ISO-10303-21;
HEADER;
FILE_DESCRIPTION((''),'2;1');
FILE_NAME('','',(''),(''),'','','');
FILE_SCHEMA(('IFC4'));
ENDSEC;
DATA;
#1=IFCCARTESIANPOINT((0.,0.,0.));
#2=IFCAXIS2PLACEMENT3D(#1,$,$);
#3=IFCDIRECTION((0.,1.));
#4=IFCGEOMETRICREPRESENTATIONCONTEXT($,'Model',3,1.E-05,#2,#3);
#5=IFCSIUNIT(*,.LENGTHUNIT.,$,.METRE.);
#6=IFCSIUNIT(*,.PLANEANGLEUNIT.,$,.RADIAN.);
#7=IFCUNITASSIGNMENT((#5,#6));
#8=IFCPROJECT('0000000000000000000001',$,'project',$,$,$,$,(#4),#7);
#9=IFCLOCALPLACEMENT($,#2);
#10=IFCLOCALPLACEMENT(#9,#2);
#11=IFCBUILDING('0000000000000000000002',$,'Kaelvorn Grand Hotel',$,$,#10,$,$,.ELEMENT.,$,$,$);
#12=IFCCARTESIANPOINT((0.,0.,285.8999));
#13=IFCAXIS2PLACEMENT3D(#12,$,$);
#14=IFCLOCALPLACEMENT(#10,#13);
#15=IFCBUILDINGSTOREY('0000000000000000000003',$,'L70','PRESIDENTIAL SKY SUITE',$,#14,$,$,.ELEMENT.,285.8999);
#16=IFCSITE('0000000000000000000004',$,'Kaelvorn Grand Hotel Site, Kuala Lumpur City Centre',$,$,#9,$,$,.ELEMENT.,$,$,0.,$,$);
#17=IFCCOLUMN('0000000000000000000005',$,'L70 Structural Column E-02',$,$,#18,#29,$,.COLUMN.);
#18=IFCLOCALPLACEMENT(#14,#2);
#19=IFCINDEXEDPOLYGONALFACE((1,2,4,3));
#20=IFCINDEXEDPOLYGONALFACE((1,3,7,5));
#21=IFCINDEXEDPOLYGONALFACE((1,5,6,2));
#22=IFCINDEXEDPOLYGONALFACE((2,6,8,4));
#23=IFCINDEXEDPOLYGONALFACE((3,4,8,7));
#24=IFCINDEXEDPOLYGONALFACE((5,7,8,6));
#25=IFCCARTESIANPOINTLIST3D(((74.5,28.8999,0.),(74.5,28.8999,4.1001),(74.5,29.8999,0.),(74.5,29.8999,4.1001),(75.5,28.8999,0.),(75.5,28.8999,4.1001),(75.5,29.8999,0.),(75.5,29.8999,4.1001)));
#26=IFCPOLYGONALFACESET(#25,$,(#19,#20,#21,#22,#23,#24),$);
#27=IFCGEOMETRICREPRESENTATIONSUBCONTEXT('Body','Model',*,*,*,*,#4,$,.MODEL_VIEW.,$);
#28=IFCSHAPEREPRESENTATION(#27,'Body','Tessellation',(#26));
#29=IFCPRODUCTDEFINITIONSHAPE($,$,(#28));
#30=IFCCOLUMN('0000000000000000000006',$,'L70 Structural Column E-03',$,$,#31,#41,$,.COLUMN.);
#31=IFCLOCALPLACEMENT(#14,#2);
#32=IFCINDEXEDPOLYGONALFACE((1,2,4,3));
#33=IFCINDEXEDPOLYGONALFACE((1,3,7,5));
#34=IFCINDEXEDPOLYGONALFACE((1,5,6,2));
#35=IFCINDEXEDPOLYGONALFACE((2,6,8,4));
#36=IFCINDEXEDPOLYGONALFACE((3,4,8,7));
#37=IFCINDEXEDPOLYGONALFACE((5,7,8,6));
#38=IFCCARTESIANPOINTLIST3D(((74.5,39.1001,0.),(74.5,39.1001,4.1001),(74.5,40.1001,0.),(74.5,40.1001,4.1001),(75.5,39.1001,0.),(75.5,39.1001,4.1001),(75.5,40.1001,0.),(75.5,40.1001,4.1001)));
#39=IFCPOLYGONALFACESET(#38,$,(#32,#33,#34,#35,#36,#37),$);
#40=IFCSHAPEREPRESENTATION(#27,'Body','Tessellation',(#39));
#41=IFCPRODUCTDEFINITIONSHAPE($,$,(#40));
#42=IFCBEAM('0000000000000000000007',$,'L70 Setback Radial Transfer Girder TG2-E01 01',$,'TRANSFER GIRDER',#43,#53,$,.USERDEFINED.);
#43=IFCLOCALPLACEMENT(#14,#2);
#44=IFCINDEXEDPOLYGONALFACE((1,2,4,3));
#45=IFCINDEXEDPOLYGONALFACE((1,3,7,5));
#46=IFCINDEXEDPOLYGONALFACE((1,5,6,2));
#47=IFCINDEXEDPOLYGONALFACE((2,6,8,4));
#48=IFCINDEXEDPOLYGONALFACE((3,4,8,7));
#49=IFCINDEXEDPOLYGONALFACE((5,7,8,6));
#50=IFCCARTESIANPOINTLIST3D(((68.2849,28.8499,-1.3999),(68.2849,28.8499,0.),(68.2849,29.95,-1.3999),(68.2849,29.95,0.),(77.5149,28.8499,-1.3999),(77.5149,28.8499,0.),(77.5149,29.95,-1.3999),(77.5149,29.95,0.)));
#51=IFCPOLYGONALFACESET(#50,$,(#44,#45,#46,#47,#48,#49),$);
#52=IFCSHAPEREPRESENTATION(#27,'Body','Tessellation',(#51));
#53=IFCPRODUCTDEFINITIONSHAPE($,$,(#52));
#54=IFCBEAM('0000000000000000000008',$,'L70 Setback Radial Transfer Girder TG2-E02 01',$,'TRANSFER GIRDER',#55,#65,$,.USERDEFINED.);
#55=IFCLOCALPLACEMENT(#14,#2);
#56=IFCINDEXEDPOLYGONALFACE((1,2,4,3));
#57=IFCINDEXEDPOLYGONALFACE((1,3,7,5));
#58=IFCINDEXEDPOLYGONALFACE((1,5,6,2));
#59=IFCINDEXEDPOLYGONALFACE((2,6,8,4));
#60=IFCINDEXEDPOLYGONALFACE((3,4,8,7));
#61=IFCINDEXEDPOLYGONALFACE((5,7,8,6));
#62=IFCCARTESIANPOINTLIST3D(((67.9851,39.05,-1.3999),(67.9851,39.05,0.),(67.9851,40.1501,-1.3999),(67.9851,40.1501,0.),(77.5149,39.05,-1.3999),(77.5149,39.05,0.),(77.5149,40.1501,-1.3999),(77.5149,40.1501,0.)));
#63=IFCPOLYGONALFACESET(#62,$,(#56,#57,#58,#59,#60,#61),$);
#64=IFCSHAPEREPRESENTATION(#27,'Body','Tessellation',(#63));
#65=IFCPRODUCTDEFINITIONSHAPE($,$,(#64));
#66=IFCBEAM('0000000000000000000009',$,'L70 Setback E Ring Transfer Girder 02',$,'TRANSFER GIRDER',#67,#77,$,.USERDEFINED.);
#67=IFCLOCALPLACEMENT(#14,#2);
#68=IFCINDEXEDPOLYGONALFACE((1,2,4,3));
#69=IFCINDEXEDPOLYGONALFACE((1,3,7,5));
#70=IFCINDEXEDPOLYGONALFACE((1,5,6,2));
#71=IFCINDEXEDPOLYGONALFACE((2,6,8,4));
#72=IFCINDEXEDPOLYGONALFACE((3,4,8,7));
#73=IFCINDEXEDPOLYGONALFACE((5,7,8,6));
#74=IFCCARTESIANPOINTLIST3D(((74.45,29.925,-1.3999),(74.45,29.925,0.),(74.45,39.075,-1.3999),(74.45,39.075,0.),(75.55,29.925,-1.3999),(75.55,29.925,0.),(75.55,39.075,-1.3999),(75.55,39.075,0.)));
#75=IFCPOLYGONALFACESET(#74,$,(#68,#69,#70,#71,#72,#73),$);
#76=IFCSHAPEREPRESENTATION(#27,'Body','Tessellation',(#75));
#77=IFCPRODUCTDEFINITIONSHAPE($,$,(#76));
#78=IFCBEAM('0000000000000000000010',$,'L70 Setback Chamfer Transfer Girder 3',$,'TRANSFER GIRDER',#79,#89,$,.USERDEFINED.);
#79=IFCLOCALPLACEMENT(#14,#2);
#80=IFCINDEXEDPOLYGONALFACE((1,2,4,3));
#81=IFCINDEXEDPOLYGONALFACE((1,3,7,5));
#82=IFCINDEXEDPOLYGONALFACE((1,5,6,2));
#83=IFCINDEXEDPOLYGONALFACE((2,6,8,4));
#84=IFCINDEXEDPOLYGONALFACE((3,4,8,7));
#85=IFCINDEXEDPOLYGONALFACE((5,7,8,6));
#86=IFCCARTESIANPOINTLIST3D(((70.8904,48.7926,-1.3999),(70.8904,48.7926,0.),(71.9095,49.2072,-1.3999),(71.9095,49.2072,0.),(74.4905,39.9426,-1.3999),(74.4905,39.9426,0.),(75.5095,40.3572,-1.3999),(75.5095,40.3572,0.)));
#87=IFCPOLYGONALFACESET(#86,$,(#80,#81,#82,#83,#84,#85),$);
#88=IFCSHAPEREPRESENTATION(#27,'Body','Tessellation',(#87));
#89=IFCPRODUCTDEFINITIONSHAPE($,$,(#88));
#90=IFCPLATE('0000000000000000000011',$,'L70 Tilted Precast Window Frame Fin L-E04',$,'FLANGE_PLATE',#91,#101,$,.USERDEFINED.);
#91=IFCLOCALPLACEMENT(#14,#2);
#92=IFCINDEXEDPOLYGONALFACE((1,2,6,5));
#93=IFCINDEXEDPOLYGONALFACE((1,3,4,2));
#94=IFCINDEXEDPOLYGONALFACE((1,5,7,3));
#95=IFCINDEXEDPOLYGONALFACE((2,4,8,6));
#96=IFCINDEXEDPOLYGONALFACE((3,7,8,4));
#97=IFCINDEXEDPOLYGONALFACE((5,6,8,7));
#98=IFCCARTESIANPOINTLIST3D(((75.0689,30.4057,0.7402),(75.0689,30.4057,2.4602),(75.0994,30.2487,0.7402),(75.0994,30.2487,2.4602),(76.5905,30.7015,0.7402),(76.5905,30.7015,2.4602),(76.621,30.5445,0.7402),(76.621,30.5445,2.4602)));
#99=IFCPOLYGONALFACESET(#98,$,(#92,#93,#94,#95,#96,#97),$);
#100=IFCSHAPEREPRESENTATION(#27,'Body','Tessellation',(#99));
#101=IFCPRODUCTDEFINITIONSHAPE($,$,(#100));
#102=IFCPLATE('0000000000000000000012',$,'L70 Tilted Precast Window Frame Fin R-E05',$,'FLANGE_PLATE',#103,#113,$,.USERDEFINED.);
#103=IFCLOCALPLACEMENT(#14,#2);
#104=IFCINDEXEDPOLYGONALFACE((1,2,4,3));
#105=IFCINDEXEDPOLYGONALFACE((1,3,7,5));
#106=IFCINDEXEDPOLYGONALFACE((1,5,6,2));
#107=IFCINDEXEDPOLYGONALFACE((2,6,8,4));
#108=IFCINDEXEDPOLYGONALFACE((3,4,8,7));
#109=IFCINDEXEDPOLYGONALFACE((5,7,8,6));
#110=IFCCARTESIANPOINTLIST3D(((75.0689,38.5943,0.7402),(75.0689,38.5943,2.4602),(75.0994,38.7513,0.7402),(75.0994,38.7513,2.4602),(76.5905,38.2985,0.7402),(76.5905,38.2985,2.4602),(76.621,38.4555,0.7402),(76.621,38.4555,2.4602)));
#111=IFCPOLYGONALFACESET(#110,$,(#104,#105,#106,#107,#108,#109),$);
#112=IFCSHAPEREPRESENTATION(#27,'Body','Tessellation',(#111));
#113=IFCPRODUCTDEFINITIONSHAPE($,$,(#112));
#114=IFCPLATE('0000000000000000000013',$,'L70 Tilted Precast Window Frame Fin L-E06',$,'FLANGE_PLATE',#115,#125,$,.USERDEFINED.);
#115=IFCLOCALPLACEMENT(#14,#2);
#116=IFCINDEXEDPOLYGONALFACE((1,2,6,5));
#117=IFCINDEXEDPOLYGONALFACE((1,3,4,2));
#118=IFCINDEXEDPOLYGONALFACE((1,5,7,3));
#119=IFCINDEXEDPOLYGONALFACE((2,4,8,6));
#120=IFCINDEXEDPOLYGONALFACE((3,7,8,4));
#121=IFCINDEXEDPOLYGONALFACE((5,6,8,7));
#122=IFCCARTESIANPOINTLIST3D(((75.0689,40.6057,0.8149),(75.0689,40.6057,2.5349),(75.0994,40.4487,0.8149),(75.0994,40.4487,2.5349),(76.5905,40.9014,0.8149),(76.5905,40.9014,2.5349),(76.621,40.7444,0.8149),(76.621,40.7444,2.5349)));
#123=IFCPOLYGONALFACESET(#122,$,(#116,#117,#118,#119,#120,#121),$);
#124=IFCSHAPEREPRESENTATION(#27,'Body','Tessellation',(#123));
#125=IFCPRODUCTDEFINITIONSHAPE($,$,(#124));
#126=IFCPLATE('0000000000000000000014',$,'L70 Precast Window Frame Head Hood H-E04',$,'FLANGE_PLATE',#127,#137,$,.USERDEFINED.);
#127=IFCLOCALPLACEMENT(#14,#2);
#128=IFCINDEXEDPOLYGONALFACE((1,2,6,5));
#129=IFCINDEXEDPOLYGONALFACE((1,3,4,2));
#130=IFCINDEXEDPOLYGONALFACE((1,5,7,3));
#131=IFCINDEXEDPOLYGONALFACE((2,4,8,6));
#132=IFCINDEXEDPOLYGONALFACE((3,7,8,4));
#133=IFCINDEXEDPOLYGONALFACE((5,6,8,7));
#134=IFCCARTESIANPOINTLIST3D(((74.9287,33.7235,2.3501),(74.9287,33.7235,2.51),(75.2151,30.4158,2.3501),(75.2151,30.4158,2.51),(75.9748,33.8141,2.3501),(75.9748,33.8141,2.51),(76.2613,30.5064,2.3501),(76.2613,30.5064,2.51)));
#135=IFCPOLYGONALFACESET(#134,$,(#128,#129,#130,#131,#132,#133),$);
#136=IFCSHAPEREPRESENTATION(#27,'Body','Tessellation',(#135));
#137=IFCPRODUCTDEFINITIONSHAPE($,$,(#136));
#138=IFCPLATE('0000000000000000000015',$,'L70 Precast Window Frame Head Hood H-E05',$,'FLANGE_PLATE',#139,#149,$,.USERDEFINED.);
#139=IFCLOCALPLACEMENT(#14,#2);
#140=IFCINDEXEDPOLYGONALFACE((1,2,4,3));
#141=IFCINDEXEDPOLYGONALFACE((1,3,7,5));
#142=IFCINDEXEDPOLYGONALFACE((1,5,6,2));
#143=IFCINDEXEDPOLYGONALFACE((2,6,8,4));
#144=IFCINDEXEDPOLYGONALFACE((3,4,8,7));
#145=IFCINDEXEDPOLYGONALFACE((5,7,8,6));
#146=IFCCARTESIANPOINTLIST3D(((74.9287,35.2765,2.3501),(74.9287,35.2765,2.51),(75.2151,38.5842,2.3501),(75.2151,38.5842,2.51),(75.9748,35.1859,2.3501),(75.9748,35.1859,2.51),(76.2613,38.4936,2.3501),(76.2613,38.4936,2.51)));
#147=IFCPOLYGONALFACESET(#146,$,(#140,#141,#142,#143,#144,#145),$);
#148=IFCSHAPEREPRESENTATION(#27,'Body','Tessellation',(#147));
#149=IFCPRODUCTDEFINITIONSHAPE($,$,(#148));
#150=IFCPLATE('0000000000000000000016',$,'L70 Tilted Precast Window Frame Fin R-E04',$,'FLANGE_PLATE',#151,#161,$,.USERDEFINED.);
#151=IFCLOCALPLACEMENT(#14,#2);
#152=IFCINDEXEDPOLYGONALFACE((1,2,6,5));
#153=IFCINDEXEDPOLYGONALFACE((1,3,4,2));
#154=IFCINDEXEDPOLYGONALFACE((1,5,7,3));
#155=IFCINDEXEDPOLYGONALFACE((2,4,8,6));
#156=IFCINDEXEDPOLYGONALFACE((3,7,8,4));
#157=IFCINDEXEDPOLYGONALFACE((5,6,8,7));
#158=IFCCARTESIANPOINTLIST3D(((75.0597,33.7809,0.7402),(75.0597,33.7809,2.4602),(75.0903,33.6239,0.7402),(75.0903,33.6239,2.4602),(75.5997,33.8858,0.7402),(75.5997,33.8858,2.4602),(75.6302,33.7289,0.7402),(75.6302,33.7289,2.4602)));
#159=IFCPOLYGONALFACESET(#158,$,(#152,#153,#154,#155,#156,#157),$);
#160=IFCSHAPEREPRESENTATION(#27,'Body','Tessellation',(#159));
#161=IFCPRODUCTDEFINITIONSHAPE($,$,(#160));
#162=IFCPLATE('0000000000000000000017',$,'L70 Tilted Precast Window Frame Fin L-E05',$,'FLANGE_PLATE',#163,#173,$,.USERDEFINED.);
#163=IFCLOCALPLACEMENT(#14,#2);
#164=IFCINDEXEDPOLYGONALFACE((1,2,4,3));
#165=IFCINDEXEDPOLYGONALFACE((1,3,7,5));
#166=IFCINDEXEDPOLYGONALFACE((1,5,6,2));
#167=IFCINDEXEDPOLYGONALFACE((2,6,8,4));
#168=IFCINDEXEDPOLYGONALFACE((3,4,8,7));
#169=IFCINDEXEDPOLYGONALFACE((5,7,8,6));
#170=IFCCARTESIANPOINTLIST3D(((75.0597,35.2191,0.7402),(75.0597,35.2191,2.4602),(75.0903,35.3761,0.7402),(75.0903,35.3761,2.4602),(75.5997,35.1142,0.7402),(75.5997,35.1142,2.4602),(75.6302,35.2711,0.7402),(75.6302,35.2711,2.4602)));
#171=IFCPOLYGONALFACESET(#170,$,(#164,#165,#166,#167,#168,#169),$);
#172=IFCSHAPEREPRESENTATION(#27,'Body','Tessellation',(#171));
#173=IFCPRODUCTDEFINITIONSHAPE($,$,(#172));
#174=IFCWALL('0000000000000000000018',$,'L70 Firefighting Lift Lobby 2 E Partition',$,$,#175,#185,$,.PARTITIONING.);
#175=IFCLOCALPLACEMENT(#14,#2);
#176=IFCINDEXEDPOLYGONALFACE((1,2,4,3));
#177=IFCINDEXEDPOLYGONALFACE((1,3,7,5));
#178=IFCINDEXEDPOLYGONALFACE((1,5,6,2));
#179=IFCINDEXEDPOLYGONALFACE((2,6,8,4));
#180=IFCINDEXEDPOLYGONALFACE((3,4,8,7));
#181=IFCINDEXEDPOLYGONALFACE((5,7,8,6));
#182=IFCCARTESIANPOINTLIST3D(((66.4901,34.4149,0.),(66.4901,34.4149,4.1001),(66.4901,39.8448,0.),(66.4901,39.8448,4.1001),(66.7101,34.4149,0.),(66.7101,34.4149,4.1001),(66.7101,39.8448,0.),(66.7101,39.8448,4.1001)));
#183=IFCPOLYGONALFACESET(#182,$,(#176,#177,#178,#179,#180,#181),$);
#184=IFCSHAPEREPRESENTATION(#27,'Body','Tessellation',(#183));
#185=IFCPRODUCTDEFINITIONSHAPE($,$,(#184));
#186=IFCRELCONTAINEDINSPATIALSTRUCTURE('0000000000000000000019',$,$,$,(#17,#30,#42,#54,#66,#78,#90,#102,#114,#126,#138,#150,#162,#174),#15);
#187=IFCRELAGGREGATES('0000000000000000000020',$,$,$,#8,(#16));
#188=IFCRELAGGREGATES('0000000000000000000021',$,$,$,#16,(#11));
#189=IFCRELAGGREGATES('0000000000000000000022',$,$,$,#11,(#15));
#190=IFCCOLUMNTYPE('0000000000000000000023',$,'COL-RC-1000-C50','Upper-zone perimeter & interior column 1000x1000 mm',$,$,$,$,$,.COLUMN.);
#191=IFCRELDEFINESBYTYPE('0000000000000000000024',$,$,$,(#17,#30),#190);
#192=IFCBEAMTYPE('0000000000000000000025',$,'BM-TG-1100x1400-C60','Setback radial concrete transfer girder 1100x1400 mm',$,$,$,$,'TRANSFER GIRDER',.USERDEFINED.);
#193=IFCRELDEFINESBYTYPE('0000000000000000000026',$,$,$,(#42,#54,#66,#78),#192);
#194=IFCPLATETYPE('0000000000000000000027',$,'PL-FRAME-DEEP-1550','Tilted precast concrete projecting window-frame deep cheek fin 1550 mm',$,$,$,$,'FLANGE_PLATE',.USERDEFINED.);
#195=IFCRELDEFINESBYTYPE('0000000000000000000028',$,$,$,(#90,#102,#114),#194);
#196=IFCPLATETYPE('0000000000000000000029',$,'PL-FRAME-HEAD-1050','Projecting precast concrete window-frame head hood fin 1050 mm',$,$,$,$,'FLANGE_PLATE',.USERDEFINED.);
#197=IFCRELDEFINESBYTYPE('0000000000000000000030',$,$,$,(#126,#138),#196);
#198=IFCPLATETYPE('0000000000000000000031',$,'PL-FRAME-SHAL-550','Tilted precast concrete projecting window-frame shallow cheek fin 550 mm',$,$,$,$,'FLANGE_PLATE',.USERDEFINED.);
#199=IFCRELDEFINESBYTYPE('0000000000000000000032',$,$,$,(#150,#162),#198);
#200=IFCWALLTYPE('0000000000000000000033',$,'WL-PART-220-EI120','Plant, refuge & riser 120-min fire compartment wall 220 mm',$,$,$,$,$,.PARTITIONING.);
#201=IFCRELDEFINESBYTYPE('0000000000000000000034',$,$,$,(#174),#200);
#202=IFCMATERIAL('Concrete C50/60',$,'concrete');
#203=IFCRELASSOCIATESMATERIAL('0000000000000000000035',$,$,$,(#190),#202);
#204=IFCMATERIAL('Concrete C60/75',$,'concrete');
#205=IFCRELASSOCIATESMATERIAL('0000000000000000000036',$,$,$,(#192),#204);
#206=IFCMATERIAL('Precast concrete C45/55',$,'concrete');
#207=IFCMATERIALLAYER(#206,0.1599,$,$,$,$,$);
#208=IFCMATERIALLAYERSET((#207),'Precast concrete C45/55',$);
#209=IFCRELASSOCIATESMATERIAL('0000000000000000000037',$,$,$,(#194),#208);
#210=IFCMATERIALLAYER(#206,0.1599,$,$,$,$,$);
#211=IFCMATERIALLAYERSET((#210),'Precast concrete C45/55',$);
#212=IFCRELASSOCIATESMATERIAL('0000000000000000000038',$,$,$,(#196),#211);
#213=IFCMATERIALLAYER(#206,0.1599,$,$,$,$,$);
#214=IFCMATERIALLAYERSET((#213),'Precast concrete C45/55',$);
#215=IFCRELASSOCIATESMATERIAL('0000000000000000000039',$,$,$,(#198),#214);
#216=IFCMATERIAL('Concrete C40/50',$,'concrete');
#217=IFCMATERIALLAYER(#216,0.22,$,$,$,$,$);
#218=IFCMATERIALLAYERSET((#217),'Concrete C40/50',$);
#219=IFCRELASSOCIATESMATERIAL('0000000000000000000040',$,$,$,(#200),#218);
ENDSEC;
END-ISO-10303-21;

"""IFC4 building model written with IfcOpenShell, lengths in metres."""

from ifc_helpers import new_model, si_unit, direction, frame, frame_2d, origin, origin_2d, place, context, subcontext, project, spatial, rectangle, extrude, material, layer, layer_set, material_profile, profile_set, type_object, element, save


model = new_model("IFC4")

# Units and contexts
model_context = context("Model", 3, precision=1e-05, world=origin(), true_north=direction((0.0, 1.0)))
body_context = subcontext(model_context, "Body", "Model", "MODEL_VIEW")
ifc_project = project(units=[si_unit("LENGTHUNIT", "METRE"), si_unit("PLANEANGLEUNIT", "RADIAN")], contexts=[model_context])

# Site, building, storey
site_placement = place(None, origin())
site = spatial("IfcSite", under=ifc_project, at=site_placement, Name="Kaelvorn Grand Hotel Site, Kuala Lumpur City Centre", CompositionType="ELEMENT", RefElevation=0.0)
building_placement = place(site_placement, origin())
building = spatial("IfcBuilding", under=site, at=building_placement, Name="Kaelvorn Grand Hotel", CompositionType="ELEMENT")
storey_placement = place(building_placement, frame((0.0, 0.0, 285.8999)))
storey = spatial("IfcBuildingStorey", under=building, at=storey_placement, Name="L70", Description="PRESIDENTIAL SKY SUITE", CompositionType="ELEMENT", Elevation=285.8999)

# Columns
ifc_material_1 = material(Name="Concrete C50/60", Category="concrete")
ifc_material_profile_1 = material_profile(ifc_material_1, rectangle(XDim=1.0, YDim=1.0, at=origin_2d()), Name="RC COL 1000x1000")
ifc_profile_set_1 = profile_set([ifc_material_profile_1], Name="Concrete C50/60")
column_type = type_object("IfcColumnType", Name="COL-RC-1000-C50", Description="Upper-zone perimeter & interior column 1000x1000 mm", PredefinedType="COLUMN", material=ifc_profile_set_1)
for number, where, z_axis, x_axis, name in (
    (1, (75.0, 29.3999, 0.0), (0.0, 0.0, 1.0), (1.0, 0.0, 0.0), "L70 Structural Column E-02"),
    (2, (75.0, 39.6001, 0.0), (0.0, 0.0, 1.0), (1.0, 0.0, 0.0), "L70 Structural Column E-03"),
):
    element("IfcColumn", number, at=place(storey_placement, frame(where, z_axis=z_axis, x_axis=x_axis)), inside=storey, type_object=column_type, Name=name, PredefinedType="COLUMN", context=body_context, shape_type="SweptSolid", body=[
        extrude(rectangle(XDim=1.0, YDim=1.0, at=origin_2d()), origin(), (0.0, 0.0, 1.0), 4.1001),
    ])

# Beams
ifc_material_2 = material(Name="Concrete C60/75", Category="concrete")
ifc_material_profile_2 = material_profile(ifc_material_2, rectangle(XDim=1.1001, YDim=1.3999, at=origin_2d()), Name="RC TG 1100x1400")
ifc_profile_set_2 = profile_set([ifc_material_profile_2], Name="Concrete C60/75")
beam_type = type_object("IfcBeamType", Name="BM-TG-1100x1400-C60", Description="Setback radial concrete transfer girder 1100x1400 mm", ElementType="TRANSFER GIRDER", PredefinedType="USERDEFINED", material=ifc_profile_set_2)
beam_1_placement = place(storey_placement, frame((68.2849, 29.3999, -0.7), z_axis=(1.0, 0.0, 0.0), x_axis=(0.0, 1.0, 0.0)))
element("IfcBeam", 3, at=beam_1_placement, inside=storey, type_object=beam_type, Name="L70 Setback Radial Transfer Girder TG2-E01 01", ObjectType="TRANSFER GIRDER", PredefinedType="USERDEFINED", context=body_context, shape_type="SweptSolid", body=[
    extrude(rectangle(XDim=1.1001, YDim=1.3999, at=origin_2d()), origin(), (0.0, 0.0, 1.0), 9.23),
])
beam_2_placement = place(storey_placement, frame((67.9851, 39.6001, -0.7), z_axis=(1.0, 0.0, 0.0), x_axis=(0.0, 1.0, 0.0)))
element("IfcBeam", 4, at=beam_2_placement, inside=storey, type_object=beam_type, Name="L70 Setback Radial Transfer Girder TG2-E02 01", ObjectType="TRANSFER GIRDER", PredefinedType="USERDEFINED", context=body_context, shape_type="SweptSolid", body=[
    extrude(rectangle(XDim=1.1001, YDim=1.3999, at=origin_2d()), origin(), (0.0, 0.0, 1.0), 9.5298),
])
beam_3_placement = place(storey_placement, frame((75.0, 29.925, -0.7), z_axis=(0.0, 1.0, 0.0), x_axis=(-1.0, 0.0, 0.0)))
element("IfcBeam", 5, at=beam_3_placement, inside=storey, type_object=beam_type, Name="L70 Setback E Ring Transfer Girder 02", ObjectType="TRANSFER GIRDER", PredefinedType="USERDEFINED", context=body_context, shape_type="SweptSolid", body=[
    extrude(rectangle(XDim=1.1001, YDim=1.3999, at=origin_2d()), origin(), (0.0, 0.0, 1.0), 9.1499),
])
beam_4_placement = place(storey_placement, frame((75.0, 40.1499, -0.7), z_axis=(-0.376803, 0.926293, 0.0), x_axis=(-0.926293, -0.376803, 0.0)))
element("IfcBeam", 6, at=beam_4_placement, inside=storey, type_object=beam_type, Name="L70 Setback Chamfer Transfer Girder 3", ObjectType="TRANSFER GIRDER", PredefinedType="USERDEFINED", context=body_context, shape_type="SweptSolid", body=[
    extrude(rectangle(XDim=1.1001, YDim=1.3999, at=origin_2d()), origin(), (0.0, 0.0, 1.0), 9.5542),
])

# Plates
ifc_material_3 = material(Name="Precast concrete C45/55", Category="concrete")
ifc_layer_1 = layer(ifc_material_3, 0.1599)
ifc_layer_set_1 = layer_set([ifc_layer_1], Name="Precast concrete C45/55")
plate_type_1 = type_object("IfcPlateType", Name="PL-FRAME-DEEP-1550", Description="Tilted precast concrete projecting window-frame deep cheek fin 1550 mm", ElementType="FLANGE_PLATE", PredefinedType="USERDEFINED", material=ifc_layer_set_1)
for number, where, z_axis, x_axis, name in (
    (7, (75.845, 30.4751, 0.7402), (0.0, 0.0, 1.0), (-0.190809, 0.981627, 0.0), "L70 Tilted Precast Window Frame Fin L-E04"),
    (8, (75.845, 38.5249, 0.7402), (0.0, 0.0, 1.0), (0.190809, 0.981627, 0.0), "L70 Tilted Precast Window Frame Fin R-E05"),
    (9, (75.845, 40.675, 0.8149), (0.0, 0.0, 1.0), (-0.190809, 0.981627, 0.0), "L70 Tilted Precast Window Frame Fin L-E06"),
):
    element("IfcPlate", number, at=place(storey_placement, frame(where, z_axis=z_axis, x_axis=x_axis)), inside=storey, type_object=plate_type_1, Name=name, ObjectType="FLANGE_PLATE", PredefinedType="USERDEFINED", context=body_context, shape_type="SweptSolid", body=[
        extrude(rectangle(XDim=0.1599, YDim=1.55, at=origin_2d()), origin(), (0.0, 0.0, 1.0), 1.72),
    ])
ifc_layer_2 = layer(ifc_material_3, 0.1599)
ifc_layer_set_2 = layer_set([ifc_layer_2], Name="Precast concrete C45/55")
plate_type_2 = type_object("IfcPlateType", Name="PL-FRAME-HEAD-1050", Description="Projecting precast concrete window-frame head hood fin 1050 mm", ElementType="FLANGE_PLATE", PredefinedType="USERDEFINED", material=ifc_layer_set_2)
for number, where, z_axis, x_axis, name in (
    (10, (75.595, 32.115, 2.3501), (0.0, 0.0, 1.0), (-0.086286, 0.99627, 0.0), "L70 Precast Window Frame Head Hood H-E04"),
    (11, (75.595, 36.885, 2.3501), (0.0, 0.0, 1.0), (0.086286, 0.99627, 0.0), "L70 Precast Window Frame Head Hood H-E05"),
):
    element("IfcPlate", number, at=place(storey_placement, frame(where, z_axis=z_axis, x_axis=x_axis)), inside=storey, type_object=plate_type_2, Name=name, ObjectType="FLANGE_PLATE", PredefinedType="USERDEFINED", context=body_context, shape_type="SweptSolid", body=[
        extrude(rectangle(XDim=3.3201, YDim=1.05, at=origin_2d()), origin(), (0.0, 0.0, 1.0), 0.1599),
    ])
ifc_layer_3 = layer(ifc_material_3, 0.1599)
ifc_layer_set_3 = layer_set([ifc_layer_3], Name="Precast concrete C45/55")
plate_type_3 = type_object("IfcPlateType", Name="PL-FRAME-SHAL-550", Description="Tilted precast concrete projecting window-frame shallow cheek fin 550 mm", ElementType="FLANGE_PLATE", PredefinedType="USERDEFINED", material=ifc_layer_set_3)
for number, where, z_axis, x_axis, name in (
    (12, (75.345, 33.7549, 0.7402), (0.0, 0.0, 1.0), (-0.190809, 0.981627, 0.0), "L70 Tilted Precast Window Frame Fin R-E04"),
    (13, (75.345, 35.2451, 0.7402), (0.0, 0.0, 1.0), (0.190809, 0.981627, 0.0), "L70 Tilted Precast Window Frame Fin L-E05"),
):
    element("IfcPlate", number, at=place(storey_placement, frame(where, z_axis=z_axis, x_axis=x_axis)), inside=storey, type_object=plate_type_3, Name=name, ObjectType="FLANGE_PLATE", PredefinedType="USERDEFINED", context=body_context, shape_type="SweptSolid", body=[
        extrude(rectangle(XDim=0.1599, YDim=0.55, at=origin_2d()), origin(), (0.0, 0.0, 1.0), 1.72),
    ])

# Wall
ifc_material_4 = material(Name="Concrete C40/50", Category="concrete")
ifc_layer_4 = layer(ifc_material_4, 0.22)
ifc_layer_set_4 = layer_set([ifc_layer_4], Name="Concrete C40/50")
wall_type_1 = type_object("IfcWallType", Name="WL-PART-220-EI120", Description="Plant, refuge & riser 120-min fire compartment wall 220 mm", PredefinedType="PARTITIONING", material=ifc_layer_set_4)
wall_1_placement = place(storey_placement, frame((66.6001, 34.415, 0.0), z_axis=(0.0, 0.0, 1.0), x_axis=(0.0, 1.0, 0.0)))
element("IfcWall", 14, at=wall_1_placement, inside=storey, type_object=wall_type_1, Name="L70 Firefighting Lift Lobby 2 E Partition", PredefinedType="PARTITIONING", context=body_context, shape_type="SweptSolid", body=[
    extrude(rectangle(XDim=5.4299, YDim=0.22, at=frame_2d((2.7148, 0.0))), origin(), (0.0, 0.0, 1.0), 4.1001),
])

save(model, "model.ifc")
